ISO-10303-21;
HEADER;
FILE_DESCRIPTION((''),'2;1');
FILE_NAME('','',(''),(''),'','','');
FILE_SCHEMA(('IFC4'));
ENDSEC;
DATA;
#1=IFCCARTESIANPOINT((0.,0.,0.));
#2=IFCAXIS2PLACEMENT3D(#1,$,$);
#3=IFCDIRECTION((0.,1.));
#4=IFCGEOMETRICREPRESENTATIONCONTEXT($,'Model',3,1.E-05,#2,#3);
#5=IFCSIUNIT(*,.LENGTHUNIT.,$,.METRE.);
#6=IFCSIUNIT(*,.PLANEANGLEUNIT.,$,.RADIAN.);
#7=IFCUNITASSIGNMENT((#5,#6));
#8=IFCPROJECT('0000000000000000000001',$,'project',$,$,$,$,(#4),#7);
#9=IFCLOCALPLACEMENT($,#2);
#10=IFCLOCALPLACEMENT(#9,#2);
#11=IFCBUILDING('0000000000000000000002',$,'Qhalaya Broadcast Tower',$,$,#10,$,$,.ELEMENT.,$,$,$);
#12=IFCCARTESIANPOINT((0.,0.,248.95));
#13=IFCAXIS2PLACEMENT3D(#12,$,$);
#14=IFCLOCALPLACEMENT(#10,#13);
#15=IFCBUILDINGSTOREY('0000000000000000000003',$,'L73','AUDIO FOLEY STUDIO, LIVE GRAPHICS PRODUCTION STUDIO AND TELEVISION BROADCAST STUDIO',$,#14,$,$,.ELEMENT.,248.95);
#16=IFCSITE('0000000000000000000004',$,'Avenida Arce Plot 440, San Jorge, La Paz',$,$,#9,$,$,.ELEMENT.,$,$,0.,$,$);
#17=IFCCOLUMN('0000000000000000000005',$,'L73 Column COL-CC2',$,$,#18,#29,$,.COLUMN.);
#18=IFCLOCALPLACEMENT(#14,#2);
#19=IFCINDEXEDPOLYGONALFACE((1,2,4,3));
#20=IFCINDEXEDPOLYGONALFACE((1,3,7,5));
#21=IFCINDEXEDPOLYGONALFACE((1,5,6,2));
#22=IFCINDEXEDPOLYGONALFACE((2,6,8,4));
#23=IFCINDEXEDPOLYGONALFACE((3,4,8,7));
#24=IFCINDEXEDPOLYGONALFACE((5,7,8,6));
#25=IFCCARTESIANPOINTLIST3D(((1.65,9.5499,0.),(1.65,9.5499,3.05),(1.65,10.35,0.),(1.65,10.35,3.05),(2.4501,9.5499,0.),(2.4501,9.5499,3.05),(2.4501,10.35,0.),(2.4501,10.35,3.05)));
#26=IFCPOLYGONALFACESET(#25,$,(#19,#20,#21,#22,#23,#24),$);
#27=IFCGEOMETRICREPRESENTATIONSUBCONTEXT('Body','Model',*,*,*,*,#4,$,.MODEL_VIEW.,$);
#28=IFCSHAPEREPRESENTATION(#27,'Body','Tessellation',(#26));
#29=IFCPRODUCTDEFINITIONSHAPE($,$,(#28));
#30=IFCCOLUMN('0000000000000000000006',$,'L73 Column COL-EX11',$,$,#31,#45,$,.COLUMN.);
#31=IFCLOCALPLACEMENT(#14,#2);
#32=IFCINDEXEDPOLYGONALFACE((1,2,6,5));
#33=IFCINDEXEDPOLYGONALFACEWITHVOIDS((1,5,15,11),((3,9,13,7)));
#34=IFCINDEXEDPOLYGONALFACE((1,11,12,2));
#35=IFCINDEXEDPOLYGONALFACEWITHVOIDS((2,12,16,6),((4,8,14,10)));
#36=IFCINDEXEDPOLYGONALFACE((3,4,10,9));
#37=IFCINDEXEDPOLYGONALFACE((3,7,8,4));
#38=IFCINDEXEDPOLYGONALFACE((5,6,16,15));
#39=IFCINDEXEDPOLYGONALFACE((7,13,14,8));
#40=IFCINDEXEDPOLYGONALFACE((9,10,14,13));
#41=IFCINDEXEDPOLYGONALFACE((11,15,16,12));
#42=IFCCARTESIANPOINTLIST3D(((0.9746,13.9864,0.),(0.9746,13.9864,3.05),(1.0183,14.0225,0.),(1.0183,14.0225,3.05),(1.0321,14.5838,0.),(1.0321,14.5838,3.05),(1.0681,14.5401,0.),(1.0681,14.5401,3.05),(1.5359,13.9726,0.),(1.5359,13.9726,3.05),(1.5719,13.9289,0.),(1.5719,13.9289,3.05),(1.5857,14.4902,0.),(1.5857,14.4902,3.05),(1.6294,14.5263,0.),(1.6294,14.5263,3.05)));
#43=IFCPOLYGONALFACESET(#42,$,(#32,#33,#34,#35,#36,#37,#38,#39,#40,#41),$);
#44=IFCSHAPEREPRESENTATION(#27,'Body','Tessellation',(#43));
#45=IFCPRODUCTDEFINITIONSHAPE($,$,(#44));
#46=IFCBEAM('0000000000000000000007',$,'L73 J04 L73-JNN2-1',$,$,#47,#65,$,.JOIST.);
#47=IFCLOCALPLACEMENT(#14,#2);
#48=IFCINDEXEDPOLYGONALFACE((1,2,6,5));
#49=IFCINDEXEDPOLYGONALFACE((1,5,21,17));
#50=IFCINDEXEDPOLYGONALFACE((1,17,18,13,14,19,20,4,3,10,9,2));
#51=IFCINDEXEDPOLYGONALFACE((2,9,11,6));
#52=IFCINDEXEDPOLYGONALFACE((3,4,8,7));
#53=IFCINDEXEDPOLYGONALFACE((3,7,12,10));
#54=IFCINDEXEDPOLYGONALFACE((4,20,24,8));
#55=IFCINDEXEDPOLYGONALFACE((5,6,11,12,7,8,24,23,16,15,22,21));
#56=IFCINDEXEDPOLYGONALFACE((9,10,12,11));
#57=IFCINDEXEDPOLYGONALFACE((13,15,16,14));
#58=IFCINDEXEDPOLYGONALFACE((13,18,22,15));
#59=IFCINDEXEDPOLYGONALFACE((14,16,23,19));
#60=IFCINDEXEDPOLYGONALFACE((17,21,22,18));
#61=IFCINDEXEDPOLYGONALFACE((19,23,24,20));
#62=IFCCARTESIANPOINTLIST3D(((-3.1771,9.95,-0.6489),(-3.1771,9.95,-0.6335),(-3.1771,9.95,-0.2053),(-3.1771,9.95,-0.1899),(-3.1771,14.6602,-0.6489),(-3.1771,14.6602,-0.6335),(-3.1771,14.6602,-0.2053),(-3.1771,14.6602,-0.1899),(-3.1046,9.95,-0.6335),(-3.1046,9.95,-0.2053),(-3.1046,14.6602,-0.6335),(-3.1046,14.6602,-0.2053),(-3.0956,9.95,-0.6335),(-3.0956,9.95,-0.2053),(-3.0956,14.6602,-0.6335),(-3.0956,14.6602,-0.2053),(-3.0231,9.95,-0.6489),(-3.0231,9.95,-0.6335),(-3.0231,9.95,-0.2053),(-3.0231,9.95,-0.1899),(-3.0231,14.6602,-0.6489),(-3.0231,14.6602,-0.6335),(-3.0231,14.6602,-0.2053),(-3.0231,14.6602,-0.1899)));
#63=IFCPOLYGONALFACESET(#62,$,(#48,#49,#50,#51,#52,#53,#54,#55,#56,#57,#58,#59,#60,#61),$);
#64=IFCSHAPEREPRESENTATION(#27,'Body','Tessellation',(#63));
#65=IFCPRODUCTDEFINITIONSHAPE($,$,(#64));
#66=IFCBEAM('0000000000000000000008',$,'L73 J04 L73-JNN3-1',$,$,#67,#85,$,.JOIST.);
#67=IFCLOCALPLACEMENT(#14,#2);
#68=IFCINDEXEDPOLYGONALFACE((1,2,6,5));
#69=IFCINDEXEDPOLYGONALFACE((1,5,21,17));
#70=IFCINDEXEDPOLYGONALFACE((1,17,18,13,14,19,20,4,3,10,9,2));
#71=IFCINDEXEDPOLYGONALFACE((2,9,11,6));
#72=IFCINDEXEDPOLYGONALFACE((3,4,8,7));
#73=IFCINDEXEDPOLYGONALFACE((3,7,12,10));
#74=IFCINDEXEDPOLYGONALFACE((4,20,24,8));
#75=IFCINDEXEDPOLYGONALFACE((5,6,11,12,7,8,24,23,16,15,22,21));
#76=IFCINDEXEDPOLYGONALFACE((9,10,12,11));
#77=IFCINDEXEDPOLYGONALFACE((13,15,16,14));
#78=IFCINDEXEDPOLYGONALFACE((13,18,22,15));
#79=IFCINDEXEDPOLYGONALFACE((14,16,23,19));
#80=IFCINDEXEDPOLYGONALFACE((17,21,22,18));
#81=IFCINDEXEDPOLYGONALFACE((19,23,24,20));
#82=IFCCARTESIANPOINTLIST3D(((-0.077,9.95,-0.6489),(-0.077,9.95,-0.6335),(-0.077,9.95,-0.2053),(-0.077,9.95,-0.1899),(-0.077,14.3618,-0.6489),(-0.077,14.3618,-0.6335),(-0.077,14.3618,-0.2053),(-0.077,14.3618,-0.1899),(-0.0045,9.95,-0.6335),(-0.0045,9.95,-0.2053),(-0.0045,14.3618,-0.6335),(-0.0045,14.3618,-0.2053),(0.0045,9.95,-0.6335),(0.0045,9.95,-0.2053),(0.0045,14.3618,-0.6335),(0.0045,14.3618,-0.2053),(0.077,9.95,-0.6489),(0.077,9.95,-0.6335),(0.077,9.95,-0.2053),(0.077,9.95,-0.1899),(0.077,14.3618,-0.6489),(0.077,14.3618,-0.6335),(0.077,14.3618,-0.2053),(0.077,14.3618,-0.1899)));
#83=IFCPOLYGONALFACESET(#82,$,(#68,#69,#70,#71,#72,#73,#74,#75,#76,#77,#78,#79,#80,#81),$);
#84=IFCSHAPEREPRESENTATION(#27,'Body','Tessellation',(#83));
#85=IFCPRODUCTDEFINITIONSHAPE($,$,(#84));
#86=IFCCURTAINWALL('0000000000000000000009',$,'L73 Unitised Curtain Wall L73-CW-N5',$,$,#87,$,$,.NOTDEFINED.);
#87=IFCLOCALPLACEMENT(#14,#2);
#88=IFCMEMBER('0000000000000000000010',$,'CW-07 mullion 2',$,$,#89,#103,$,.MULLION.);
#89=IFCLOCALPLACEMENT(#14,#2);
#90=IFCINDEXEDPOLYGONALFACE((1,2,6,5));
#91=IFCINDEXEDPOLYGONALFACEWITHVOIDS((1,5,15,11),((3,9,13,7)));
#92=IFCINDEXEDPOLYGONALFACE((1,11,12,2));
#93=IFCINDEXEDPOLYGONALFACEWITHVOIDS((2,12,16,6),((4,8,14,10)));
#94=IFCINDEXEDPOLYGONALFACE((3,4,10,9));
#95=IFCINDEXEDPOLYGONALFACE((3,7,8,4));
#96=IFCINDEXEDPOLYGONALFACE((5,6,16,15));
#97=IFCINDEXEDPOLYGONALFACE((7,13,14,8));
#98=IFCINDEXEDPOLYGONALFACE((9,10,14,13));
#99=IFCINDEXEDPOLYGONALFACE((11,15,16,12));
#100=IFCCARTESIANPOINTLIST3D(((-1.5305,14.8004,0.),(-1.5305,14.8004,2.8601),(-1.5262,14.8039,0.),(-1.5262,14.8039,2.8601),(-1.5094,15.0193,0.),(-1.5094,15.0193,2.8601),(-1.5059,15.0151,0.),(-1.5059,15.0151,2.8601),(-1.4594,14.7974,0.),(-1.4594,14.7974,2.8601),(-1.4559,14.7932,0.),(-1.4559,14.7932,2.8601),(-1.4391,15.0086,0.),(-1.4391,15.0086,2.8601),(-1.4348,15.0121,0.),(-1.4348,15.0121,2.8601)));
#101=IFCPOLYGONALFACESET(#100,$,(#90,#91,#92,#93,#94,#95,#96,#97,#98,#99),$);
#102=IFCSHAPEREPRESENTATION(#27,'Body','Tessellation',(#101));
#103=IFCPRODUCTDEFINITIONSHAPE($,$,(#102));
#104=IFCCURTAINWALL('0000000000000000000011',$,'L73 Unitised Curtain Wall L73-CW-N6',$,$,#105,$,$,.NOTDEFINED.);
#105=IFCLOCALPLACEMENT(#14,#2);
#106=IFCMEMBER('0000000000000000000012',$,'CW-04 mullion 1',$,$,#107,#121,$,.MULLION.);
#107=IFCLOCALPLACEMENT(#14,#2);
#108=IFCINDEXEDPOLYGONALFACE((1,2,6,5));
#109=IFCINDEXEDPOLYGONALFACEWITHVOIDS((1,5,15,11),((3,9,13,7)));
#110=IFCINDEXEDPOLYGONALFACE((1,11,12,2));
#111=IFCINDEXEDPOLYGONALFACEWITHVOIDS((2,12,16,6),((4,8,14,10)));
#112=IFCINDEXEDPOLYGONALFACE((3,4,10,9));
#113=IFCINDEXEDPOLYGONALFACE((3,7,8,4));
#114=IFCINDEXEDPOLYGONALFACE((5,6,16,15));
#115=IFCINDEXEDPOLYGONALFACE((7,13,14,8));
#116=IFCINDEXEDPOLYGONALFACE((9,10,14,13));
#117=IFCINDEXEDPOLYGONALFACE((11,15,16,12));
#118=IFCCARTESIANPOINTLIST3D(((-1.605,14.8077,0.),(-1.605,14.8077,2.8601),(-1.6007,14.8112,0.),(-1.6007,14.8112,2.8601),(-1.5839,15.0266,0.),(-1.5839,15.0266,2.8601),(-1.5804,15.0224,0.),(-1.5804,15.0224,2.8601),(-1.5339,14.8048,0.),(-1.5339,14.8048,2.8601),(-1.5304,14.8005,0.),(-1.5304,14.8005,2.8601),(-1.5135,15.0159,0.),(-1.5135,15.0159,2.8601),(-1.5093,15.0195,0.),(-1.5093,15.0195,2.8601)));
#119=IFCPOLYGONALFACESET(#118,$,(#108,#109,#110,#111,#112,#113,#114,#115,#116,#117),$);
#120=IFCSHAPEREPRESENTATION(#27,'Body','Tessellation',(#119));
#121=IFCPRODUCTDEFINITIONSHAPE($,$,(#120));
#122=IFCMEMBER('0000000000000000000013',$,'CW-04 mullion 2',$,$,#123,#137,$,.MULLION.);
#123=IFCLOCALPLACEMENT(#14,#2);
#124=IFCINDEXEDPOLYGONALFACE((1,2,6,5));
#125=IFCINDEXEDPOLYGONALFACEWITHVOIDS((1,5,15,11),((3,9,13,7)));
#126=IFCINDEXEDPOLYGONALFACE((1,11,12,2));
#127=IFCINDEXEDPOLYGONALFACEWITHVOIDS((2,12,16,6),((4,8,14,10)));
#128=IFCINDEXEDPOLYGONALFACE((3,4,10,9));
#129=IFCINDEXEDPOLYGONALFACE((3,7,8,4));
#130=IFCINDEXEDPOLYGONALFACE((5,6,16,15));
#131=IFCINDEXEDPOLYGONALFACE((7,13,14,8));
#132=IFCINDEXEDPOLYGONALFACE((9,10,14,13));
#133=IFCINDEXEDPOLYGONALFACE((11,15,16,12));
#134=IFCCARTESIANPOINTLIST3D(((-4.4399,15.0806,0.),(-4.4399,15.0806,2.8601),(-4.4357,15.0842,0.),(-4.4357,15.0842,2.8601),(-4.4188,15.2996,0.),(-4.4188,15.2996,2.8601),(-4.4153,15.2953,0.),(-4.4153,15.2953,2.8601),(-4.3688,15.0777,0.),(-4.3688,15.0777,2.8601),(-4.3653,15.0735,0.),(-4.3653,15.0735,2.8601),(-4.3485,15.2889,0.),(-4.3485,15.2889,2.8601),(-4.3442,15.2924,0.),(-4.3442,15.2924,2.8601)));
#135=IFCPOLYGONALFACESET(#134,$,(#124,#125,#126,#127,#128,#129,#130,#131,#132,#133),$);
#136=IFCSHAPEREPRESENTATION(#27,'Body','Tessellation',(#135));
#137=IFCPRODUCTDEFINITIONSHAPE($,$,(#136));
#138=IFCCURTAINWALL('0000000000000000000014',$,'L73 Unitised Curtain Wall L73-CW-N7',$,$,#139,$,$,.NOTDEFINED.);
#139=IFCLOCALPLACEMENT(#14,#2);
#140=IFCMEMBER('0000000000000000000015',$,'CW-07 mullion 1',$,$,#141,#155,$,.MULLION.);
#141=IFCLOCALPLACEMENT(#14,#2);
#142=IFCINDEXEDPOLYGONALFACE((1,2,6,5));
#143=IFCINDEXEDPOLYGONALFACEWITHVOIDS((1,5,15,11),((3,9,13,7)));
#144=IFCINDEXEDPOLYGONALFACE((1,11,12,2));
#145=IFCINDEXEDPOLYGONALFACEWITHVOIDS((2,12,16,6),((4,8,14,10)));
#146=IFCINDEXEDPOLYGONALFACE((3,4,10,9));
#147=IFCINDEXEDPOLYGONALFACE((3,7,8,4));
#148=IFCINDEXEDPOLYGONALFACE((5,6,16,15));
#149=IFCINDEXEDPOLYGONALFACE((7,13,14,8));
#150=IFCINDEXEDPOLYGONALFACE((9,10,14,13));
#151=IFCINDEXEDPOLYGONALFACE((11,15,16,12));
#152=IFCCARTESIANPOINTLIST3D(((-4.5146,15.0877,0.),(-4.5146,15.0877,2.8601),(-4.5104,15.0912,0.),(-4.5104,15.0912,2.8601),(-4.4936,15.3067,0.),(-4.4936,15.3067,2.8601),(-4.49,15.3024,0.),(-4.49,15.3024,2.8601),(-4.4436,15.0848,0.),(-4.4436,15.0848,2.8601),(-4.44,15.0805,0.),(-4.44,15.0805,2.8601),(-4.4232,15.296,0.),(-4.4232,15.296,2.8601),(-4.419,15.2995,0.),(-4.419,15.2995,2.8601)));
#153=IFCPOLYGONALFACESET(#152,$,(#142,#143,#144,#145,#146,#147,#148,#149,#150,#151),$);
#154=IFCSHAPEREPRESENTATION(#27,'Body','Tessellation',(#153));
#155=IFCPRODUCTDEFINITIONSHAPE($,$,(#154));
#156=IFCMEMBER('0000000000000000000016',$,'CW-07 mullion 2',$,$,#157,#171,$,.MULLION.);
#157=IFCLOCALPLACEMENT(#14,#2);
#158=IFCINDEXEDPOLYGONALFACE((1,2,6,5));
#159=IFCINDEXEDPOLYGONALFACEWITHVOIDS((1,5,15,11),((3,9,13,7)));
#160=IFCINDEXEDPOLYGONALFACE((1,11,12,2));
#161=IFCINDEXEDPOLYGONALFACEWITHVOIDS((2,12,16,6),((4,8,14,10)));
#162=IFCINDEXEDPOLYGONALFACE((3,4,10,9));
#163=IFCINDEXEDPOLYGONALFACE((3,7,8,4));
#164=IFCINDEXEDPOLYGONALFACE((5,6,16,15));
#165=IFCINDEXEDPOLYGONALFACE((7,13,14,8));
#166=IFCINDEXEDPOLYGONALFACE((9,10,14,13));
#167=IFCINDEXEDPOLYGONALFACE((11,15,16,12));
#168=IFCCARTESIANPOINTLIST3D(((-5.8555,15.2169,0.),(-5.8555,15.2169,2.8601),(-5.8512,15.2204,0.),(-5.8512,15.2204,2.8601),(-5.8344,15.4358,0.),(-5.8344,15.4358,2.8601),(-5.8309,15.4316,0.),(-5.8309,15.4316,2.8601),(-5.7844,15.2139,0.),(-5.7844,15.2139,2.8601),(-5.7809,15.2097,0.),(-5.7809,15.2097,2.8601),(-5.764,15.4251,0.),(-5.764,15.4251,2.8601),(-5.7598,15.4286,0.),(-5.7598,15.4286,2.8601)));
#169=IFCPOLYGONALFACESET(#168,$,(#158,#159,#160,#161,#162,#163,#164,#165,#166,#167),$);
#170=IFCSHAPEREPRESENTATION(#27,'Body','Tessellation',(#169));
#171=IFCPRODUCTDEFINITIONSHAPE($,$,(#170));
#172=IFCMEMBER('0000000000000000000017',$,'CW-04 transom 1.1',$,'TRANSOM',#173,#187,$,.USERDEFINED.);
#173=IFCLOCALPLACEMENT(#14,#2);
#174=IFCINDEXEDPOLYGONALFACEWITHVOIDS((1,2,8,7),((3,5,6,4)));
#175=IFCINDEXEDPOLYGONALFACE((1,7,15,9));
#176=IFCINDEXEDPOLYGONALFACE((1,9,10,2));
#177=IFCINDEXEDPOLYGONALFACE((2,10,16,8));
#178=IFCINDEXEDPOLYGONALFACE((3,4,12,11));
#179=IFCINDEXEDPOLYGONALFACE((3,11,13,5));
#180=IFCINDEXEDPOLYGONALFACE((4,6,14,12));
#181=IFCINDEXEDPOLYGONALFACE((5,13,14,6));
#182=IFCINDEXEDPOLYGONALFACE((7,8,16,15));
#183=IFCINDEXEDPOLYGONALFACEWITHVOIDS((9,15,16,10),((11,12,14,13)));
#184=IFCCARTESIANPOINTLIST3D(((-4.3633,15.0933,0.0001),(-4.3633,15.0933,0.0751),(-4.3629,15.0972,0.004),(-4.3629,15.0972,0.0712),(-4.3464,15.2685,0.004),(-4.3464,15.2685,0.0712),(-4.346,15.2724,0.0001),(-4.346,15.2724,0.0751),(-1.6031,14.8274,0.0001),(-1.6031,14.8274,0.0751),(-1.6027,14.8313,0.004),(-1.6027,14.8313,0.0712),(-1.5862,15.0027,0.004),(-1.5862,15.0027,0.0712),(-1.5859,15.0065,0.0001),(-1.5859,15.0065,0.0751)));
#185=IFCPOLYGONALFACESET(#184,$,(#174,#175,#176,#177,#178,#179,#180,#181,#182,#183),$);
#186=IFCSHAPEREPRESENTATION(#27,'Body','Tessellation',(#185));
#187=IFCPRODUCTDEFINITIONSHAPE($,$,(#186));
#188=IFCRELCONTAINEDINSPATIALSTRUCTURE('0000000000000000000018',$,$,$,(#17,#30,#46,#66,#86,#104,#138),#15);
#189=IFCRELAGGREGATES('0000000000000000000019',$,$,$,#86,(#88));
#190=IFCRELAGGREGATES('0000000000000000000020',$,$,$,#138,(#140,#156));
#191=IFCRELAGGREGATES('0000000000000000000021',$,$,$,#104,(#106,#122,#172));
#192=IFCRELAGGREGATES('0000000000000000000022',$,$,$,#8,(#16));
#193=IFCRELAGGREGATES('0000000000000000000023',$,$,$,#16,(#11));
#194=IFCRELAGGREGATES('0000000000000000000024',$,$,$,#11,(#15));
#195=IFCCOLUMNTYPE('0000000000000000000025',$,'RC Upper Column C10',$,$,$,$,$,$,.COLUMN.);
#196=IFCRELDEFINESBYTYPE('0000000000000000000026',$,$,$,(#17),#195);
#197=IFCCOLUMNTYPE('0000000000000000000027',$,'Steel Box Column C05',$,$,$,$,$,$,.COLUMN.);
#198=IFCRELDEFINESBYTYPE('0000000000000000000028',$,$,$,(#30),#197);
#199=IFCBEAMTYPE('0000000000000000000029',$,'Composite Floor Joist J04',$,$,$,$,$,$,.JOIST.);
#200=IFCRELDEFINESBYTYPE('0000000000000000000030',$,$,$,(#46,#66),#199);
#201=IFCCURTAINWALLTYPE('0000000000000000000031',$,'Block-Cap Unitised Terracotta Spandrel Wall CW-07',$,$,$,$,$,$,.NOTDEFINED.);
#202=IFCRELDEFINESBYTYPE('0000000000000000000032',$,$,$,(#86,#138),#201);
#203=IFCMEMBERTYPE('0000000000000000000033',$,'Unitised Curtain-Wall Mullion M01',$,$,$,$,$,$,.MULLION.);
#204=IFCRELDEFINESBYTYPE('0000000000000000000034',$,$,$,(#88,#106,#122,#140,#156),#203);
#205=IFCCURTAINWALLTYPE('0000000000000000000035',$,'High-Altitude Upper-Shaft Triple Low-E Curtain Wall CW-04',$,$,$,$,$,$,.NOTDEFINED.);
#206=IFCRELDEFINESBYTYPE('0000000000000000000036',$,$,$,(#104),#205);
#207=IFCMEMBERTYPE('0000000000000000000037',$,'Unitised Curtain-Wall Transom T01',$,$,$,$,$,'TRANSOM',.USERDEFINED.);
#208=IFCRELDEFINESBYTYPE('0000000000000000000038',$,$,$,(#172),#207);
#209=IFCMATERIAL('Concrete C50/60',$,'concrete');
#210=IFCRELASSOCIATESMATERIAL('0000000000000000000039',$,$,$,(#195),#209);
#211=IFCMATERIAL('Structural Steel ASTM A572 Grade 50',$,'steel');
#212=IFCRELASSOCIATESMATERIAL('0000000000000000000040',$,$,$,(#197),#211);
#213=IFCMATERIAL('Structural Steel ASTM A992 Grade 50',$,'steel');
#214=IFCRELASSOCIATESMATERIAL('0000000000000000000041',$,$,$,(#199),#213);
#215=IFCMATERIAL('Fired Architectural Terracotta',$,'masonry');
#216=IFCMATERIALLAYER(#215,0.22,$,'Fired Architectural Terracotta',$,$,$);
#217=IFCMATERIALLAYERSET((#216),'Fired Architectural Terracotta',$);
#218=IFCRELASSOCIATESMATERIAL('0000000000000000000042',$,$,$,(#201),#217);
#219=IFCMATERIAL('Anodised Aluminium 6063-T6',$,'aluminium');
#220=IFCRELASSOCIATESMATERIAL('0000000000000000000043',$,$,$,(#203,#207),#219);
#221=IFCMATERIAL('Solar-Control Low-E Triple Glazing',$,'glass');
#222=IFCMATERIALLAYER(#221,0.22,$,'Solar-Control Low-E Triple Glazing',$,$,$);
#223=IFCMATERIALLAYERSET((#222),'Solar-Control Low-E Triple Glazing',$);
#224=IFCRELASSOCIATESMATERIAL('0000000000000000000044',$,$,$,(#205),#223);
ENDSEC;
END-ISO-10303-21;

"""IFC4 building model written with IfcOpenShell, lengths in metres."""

from ifc_helpers import new_model, si_unit, direction, frame, origin, origin_2d, place, context, subcontext, project, spatial, rectangle, hollow_rectangle, i_section, extrude, material, layer, layer_set, material_profile, profile_set, type_object, element, aggregate, save


model = new_model("IFC4")

# Units and contexts
model_context = context("Model", 3, precision=1e-05, world=origin(), true_north=direction((0.0, 1.0)))
body_context = subcontext(model_context, "Body", "Model", "MODEL_VIEW")
ifc_project = project(units=[si_unit("LENGTHUNIT", "METRE"), si_unit("PLANEANGLEUNIT", "RADIAN")], contexts=[model_context])

# Site, building, storey
site_placement = place(None, origin())
site = spatial("IfcSite", under=ifc_project, at=site_placement, Name="Avenida Arce Plot 440, San Jorge, La Paz", CompositionType="ELEMENT", RefElevation=0.0)
building_placement = place(site_placement, origin())
building = spatial("IfcBuilding", under=site, at=building_placement, Name="Qhalaya Broadcast Tower", CompositionType="ELEMENT")
storey_placement = place(building_placement, frame((0.0, 0.0, 248.95)))
storey = spatial("IfcBuildingStorey", under=building, at=storey_placement, Name="L73", Description="AUDIO FOLEY STUDIO, LIVE GRAPHICS PRODUCTION STUDIO AND TELEVISION BROADCAST STUDIO", CompositionType="ELEMENT", Elevation=248.95)

# Columns
ifc_material_1 = material(Name="Concrete C50/60", Category="concrete")
ifc_material_profile_1 = material_profile(ifc_material_1, rectangle(XDim=0.8, YDim=0.8, at=origin_2d()), Name="RC-COL 800x800")
ifc_profile_set_1 = profile_set([ifc_material_profile_1], Name="Concrete C50/60")
column_type_1 = type_object("IfcColumnType", Name="RC Upper Column C10", PredefinedType="COLUMN", material=ifc_profile_set_1)
column_1_placement = place(storey_placement, frame((2.05, 9.95, 0.0), z_axis=(0.0, 0.0, 1.0), x_axis=(1.0, 0.0, 0.0)))
element("IfcColumn", 1, at=column_1_placement, inside=storey, type_object=column_type_1, Name="L73 Column COL-CC2", PredefinedType="COLUMN", context=body_context, shape_type="SweptSolid", body=[
    extrude(rectangle(XDim=0.8, YDim=0.8, at=origin_2d()), origin(), (0.0, 0.0, 1.0), 3.05),
])
ifc_material_2 = material(Name="Structural Steel ASTM A572 Grade 50", Category="steel")
ifc_material_profile_2 = material_profile(ifc_material_2, hollow_rectangle(XDim=0.6001, YDim=0.6001, WallThickness=0.04, at=origin_2d()), Name="BOX 600x600x40")
ifc_profile_set_2 = profile_set([ifc_material_profile_2], Name="Structural Steel ASTM A572 Grade 50")
column_type_2 = type_object("IfcColumnType", Name="Steel Box Column C05", PredefinedType="COLUMN", material=ifc_profile_set_2)
column_2_placement = place(storey_placement, frame((1.302, 14.2563, 0.0), z_axis=(0.0, 0.0, 1.0), x_axis=(0.995396, -0.095846, 0.0)))
element("IfcColumn", 2, at=column_2_placement, inside=storey, type_object=column_type_2, Name="L73 Column COL-EX11", PredefinedType="COLUMN", context=body_context, shape_type="SweptSolid", body=[
    extrude(hollow_rectangle(XDim=0.6001, YDim=0.6001, WallThickness=0.04, at=origin_2d()), origin(), (0.0, 0.0, 1.0), 3.05),
])

# Beams
ifc_material_3 = material(Name="Structural Steel ASTM A992 Grade 50", Category="steel")
ifc_material_profile_3 = material_profile(ifc_material_3, i_section(OverallWidth=0.1541, OverallDepth=0.459, WebThickness=0.009, FlangeThickness=0.0154, at=origin_2d()), Name="W18X46")
ifc_profile_set_3 = profile_set([ifc_material_profile_3], Name="Structural Steel ASTM A992 Grade 50")
beam_type_1 = type_object("IfcBeamType", Name="Composite Floor Joist J04", PredefinedType="JOIST", material=ifc_profile_set_3)
beam_1_placement = place(storey_placement, frame((-3.1001, 9.95, -0.4194), z_axis=(0.0, 1.0, 0.0), x_axis=(-1.0, 0.0, 0.0)))
element("IfcBeam", 3, at=beam_1_placement, inside=storey, type_object=beam_type_1, Name="L73 J04 L73-JNN2-1", PredefinedType="JOIST", context=body_context, shape_type="SweptSolid", body=[
    extrude(i_section(OverallWidth=0.1541, OverallDepth=0.459, WebThickness=0.009, FlangeThickness=0.0154, at=origin_2d()), origin(), (0.0, 0.0, 1.0), 4.7102),
])
beam_2_placement = place(storey_placement, frame((0.0, 9.95, -0.4194), z_axis=(0.0, 1.0, 0.0), x_axis=(-1.0, 0.0, 0.0)))
element("IfcBeam", 4, at=beam_2_placement, inside=storey, type_object=beam_type_1, Name="L73 J04 L73-JNN3-1", PredefinedType="JOIST", context=body_context, shape_type="SweptSolid", body=[
    extrude(i_section(OverallWidth=0.1541, OverallDepth=0.459, WebThickness=0.009, FlangeThickness=0.0154, at=origin_2d()), origin(), (0.0, 0.0, 1.0), 4.4119),
])

# Curtain wall, member
ifc_material_4 = material(Name="Fired Architectural Terracotta", Category="masonry")
ifc_layer_1 = layer(ifc_material_4, 0.22, Name="Fired Architectural Terracotta")
ifc_layer_set_1 = layer_set([ifc_layer_1], Name="Fired Architectural Terracotta")
curtain_wall_type_1 = type_object("IfcCurtainWallType", Name="Block-Cap Unitised Terracotta Spandrel Wall CW-07", PredefinedType="NOTDEFINED", material=ifc_layer_set_1)
curtain_wall_1_placement = place(storey_placement, origin())
curtain_wall_1 = element("IfcCurtainWall", 5, at=curtain_wall_1_placement, inside=storey, type_object=curtain_wall_type_1, Name="L73 Unitised Curtain Wall L73-CW-N5", PredefinedType="NOTDEFINED")
ifc_material_5 = material(Name="Anodised Aluminium 6063-T6", Category="aluminium")
ifc_material_profile_4 = material_profile(ifc_material_5, hollow_rectangle(XDim=0.075, YDim=0.22, WallThickness=0.0039, at=origin_2d()), Name="ALU-MUL 75x220x4")
ifc_profile_set_4 = profile_set([ifc_material_profile_4], Name="Anodised Aluminium 6063-T6")
member_type_1 = type_object("IfcMemberType", Name="Unitised Curtain-Wall Mullion M01", PredefinedType="MULLION", material=ifc_profile_set_4)
member_1_placement = place(storey_placement, frame((-1.4827, 14.9062, 0.0), z_axis=(0.0, 0.0, 1.0), x_axis=(-0.995396, 0.095845, 0.0)))
member_1 = element("IfcMember", 6, at=member_1_placement, type_object=member_type_1, Name="CW-07 mullion 2", PredefinedType="MULLION", context=body_context, shape_type="SweptSolid", body=[
    extrude(hollow_rectangle(XDim=0.075, YDim=0.22, WallThickness=0.0039, at=origin_2d()), origin(), (0.0, 0.0, 1.0), 2.8601),
])

# Curtain walls, members
ifc_material_6 = material(Name="Solar-Control Low-E Triple Glazing", Category="glass")
ifc_layer_2 = layer(ifc_material_6, 0.22, Name="Solar-Control Low-E Triple Glazing")
ifc_layer_set_2 = layer_set([ifc_layer_2], Name="Solar-Control Low-E Triple Glazing")
curtain_wall_type_2 = type_object("IfcCurtainWallType", Name="High-Altitude Upper-Shaft Triple Low-E Curtain Wall CW-04", PredefinedType="NOTDEFINED", material=ifc_layer_set_2)
curtain_wall_2_placement = place(storey_placement, origin())
curtain_wall_2 = element("IfcCurtainWall", 7, at=curtain_wall_2_placement, inside=storey, type_object=curtain_wall_type_2, Name="L73 Unitised Curtain Wall L73-CW-N6", PredefinedType="NOTDEFINED")
member_2_placement = place(storey_placement, frame((-1.5571, 14.9136, 0.0), z_axis=(0.0, 0.0, 1.0), x_axis=(-0.995395, 0.095858, 0.0)))
member_2 = element("IfcMember", 8, at=member_2_placement, type_object=member_type_1, Name="CW-04 mullion 1", PredefinedType="MULLION", context=body_context, shape_type="SweptSolid", body=[
    extrude(hollow_rectangle(XDim=0.075, YDim=0.22, WallThickness=0.0039, at=origin_2d()), origin(), (0.0, 0.0, 1.0), 2.8601),
])
member_3_placement = place(storey_placement, frame((-4.3921, 15.1865, 0.0), z_axis=(0.0, 0.0, 1.0), x_axis=(-0.995395, 0.095858, 0.0)))
member_3 = element("IfcMember", 9, at=member_3_placement, type_object=member_type_1, Name="CW-04 mullion 2", PredefinedType="MULLION", context=body_context, shape_type="SweptSolid", body=[
    extrude(hollow_rectangle(XDim=0.075, YDim=0.22, WallThickness=0.0039, at=origin_2d()), origin(), (0.0, 0.0, 1.0), 2.8601),
])
curtain_wall_3_placement = place(storey_placement, origin())
curtain_wall_3 = element("IfcCurtainWall", 10, at=curtain_wall_3_placement, inside=storey, type_object=curtain_wall_type_1, Name="L73 Unitised Curtain Wall L73-CW-N7", PredefinedType="NOTDEFINED")
member_4_placement = place(storey_placement, frame((-4.4668, 15.1936, 0.0), z_axis=(0.0, 0.0, 1.0), x_axis=(-0.995395, 0.095854, 0.0)))
member_4 = element("IfcMember", 11, at=member_4_placement, type_object=member_type_1, Name="CW-07 mullion 1", PredefinedType="MULLION", context=body_context, shape_type="SweptSolid", body=[
    extrude(hollow_rectangle(XDim=0.075, YDim=0.22, WallThickness=0.0039, at=origin_2d()), origin(), (0.0, 0.0, 1.0), 2.8601),
])
member_5_placement = place(storey_placement, frame((-5.8076, 15.3228, 0.0), z_axis=(0.0, 0.0, 1.0), x_axis=(-0.995395, 0.095854, 0.0)))
member_5 = element("IfcMember", 12, at=member_5_placement, type_object=member_type_1, Name="CW-07 mullion 2", PredefinedType="MULLION", context=body_context, shape_type="SweptSolid", body=[
    extrude(hollow_rectangle(XDim=0.075, YDim=0.22, WallThickness=0.0039, at=origin_2d()), origin(), (0.0, 0.0, 1.0), 2.8601),
])

# Member
ifc_material_profile_5 = material_profile(ifc_material_5, hollow_rectangle(XDim=0.075, YDim=0.1799, WallThickness=0.0039, at=origin_2d()), Name="ALU-TRN 75x180x4")
ifc_profile_set_5 = profile_set([ifc_material_profile_5], Name="Anodised Aluminium 6063-T6")
member_type_2 = type_object("IfcMemberType", Name="Unitised Curtain-Wall Transom T01", ElementType="TRANSOM", PredefinedType="USERDEFINED", material=ifc_profile_set_5)
member_6_placement = place(storey_placement, frame((-1.5945, 14.917, 0.0376), z_axis=(-0.995393, 0.095877, 0.0), x_axis=(0.0, 0.0, 1.0)))
member_6 = element("IfcMember", 13, at=member_6_placement, type_object=member_type_2, Name="CW-04 transom 1.1", ObjectType="TRANSOM", PredefinedType="USERDEFINED", context=body_context, shape_type="SweptSolid", body=[
    extrude(hollow_rectangle(XDim=0.075, YDim=0.1799, WallThickness=0.0039, at=origin_2d()), origin(), (0.0, 0.0, 1.0), 2.7729),
])

aggregate(curtain_wall_1, [member_1])
aggregate(curtain_wall_3, [member_4, member_5])
aggregate(curtain_wall_2, [member_2, member_3, member_6])

save(model, "model.ifc")
